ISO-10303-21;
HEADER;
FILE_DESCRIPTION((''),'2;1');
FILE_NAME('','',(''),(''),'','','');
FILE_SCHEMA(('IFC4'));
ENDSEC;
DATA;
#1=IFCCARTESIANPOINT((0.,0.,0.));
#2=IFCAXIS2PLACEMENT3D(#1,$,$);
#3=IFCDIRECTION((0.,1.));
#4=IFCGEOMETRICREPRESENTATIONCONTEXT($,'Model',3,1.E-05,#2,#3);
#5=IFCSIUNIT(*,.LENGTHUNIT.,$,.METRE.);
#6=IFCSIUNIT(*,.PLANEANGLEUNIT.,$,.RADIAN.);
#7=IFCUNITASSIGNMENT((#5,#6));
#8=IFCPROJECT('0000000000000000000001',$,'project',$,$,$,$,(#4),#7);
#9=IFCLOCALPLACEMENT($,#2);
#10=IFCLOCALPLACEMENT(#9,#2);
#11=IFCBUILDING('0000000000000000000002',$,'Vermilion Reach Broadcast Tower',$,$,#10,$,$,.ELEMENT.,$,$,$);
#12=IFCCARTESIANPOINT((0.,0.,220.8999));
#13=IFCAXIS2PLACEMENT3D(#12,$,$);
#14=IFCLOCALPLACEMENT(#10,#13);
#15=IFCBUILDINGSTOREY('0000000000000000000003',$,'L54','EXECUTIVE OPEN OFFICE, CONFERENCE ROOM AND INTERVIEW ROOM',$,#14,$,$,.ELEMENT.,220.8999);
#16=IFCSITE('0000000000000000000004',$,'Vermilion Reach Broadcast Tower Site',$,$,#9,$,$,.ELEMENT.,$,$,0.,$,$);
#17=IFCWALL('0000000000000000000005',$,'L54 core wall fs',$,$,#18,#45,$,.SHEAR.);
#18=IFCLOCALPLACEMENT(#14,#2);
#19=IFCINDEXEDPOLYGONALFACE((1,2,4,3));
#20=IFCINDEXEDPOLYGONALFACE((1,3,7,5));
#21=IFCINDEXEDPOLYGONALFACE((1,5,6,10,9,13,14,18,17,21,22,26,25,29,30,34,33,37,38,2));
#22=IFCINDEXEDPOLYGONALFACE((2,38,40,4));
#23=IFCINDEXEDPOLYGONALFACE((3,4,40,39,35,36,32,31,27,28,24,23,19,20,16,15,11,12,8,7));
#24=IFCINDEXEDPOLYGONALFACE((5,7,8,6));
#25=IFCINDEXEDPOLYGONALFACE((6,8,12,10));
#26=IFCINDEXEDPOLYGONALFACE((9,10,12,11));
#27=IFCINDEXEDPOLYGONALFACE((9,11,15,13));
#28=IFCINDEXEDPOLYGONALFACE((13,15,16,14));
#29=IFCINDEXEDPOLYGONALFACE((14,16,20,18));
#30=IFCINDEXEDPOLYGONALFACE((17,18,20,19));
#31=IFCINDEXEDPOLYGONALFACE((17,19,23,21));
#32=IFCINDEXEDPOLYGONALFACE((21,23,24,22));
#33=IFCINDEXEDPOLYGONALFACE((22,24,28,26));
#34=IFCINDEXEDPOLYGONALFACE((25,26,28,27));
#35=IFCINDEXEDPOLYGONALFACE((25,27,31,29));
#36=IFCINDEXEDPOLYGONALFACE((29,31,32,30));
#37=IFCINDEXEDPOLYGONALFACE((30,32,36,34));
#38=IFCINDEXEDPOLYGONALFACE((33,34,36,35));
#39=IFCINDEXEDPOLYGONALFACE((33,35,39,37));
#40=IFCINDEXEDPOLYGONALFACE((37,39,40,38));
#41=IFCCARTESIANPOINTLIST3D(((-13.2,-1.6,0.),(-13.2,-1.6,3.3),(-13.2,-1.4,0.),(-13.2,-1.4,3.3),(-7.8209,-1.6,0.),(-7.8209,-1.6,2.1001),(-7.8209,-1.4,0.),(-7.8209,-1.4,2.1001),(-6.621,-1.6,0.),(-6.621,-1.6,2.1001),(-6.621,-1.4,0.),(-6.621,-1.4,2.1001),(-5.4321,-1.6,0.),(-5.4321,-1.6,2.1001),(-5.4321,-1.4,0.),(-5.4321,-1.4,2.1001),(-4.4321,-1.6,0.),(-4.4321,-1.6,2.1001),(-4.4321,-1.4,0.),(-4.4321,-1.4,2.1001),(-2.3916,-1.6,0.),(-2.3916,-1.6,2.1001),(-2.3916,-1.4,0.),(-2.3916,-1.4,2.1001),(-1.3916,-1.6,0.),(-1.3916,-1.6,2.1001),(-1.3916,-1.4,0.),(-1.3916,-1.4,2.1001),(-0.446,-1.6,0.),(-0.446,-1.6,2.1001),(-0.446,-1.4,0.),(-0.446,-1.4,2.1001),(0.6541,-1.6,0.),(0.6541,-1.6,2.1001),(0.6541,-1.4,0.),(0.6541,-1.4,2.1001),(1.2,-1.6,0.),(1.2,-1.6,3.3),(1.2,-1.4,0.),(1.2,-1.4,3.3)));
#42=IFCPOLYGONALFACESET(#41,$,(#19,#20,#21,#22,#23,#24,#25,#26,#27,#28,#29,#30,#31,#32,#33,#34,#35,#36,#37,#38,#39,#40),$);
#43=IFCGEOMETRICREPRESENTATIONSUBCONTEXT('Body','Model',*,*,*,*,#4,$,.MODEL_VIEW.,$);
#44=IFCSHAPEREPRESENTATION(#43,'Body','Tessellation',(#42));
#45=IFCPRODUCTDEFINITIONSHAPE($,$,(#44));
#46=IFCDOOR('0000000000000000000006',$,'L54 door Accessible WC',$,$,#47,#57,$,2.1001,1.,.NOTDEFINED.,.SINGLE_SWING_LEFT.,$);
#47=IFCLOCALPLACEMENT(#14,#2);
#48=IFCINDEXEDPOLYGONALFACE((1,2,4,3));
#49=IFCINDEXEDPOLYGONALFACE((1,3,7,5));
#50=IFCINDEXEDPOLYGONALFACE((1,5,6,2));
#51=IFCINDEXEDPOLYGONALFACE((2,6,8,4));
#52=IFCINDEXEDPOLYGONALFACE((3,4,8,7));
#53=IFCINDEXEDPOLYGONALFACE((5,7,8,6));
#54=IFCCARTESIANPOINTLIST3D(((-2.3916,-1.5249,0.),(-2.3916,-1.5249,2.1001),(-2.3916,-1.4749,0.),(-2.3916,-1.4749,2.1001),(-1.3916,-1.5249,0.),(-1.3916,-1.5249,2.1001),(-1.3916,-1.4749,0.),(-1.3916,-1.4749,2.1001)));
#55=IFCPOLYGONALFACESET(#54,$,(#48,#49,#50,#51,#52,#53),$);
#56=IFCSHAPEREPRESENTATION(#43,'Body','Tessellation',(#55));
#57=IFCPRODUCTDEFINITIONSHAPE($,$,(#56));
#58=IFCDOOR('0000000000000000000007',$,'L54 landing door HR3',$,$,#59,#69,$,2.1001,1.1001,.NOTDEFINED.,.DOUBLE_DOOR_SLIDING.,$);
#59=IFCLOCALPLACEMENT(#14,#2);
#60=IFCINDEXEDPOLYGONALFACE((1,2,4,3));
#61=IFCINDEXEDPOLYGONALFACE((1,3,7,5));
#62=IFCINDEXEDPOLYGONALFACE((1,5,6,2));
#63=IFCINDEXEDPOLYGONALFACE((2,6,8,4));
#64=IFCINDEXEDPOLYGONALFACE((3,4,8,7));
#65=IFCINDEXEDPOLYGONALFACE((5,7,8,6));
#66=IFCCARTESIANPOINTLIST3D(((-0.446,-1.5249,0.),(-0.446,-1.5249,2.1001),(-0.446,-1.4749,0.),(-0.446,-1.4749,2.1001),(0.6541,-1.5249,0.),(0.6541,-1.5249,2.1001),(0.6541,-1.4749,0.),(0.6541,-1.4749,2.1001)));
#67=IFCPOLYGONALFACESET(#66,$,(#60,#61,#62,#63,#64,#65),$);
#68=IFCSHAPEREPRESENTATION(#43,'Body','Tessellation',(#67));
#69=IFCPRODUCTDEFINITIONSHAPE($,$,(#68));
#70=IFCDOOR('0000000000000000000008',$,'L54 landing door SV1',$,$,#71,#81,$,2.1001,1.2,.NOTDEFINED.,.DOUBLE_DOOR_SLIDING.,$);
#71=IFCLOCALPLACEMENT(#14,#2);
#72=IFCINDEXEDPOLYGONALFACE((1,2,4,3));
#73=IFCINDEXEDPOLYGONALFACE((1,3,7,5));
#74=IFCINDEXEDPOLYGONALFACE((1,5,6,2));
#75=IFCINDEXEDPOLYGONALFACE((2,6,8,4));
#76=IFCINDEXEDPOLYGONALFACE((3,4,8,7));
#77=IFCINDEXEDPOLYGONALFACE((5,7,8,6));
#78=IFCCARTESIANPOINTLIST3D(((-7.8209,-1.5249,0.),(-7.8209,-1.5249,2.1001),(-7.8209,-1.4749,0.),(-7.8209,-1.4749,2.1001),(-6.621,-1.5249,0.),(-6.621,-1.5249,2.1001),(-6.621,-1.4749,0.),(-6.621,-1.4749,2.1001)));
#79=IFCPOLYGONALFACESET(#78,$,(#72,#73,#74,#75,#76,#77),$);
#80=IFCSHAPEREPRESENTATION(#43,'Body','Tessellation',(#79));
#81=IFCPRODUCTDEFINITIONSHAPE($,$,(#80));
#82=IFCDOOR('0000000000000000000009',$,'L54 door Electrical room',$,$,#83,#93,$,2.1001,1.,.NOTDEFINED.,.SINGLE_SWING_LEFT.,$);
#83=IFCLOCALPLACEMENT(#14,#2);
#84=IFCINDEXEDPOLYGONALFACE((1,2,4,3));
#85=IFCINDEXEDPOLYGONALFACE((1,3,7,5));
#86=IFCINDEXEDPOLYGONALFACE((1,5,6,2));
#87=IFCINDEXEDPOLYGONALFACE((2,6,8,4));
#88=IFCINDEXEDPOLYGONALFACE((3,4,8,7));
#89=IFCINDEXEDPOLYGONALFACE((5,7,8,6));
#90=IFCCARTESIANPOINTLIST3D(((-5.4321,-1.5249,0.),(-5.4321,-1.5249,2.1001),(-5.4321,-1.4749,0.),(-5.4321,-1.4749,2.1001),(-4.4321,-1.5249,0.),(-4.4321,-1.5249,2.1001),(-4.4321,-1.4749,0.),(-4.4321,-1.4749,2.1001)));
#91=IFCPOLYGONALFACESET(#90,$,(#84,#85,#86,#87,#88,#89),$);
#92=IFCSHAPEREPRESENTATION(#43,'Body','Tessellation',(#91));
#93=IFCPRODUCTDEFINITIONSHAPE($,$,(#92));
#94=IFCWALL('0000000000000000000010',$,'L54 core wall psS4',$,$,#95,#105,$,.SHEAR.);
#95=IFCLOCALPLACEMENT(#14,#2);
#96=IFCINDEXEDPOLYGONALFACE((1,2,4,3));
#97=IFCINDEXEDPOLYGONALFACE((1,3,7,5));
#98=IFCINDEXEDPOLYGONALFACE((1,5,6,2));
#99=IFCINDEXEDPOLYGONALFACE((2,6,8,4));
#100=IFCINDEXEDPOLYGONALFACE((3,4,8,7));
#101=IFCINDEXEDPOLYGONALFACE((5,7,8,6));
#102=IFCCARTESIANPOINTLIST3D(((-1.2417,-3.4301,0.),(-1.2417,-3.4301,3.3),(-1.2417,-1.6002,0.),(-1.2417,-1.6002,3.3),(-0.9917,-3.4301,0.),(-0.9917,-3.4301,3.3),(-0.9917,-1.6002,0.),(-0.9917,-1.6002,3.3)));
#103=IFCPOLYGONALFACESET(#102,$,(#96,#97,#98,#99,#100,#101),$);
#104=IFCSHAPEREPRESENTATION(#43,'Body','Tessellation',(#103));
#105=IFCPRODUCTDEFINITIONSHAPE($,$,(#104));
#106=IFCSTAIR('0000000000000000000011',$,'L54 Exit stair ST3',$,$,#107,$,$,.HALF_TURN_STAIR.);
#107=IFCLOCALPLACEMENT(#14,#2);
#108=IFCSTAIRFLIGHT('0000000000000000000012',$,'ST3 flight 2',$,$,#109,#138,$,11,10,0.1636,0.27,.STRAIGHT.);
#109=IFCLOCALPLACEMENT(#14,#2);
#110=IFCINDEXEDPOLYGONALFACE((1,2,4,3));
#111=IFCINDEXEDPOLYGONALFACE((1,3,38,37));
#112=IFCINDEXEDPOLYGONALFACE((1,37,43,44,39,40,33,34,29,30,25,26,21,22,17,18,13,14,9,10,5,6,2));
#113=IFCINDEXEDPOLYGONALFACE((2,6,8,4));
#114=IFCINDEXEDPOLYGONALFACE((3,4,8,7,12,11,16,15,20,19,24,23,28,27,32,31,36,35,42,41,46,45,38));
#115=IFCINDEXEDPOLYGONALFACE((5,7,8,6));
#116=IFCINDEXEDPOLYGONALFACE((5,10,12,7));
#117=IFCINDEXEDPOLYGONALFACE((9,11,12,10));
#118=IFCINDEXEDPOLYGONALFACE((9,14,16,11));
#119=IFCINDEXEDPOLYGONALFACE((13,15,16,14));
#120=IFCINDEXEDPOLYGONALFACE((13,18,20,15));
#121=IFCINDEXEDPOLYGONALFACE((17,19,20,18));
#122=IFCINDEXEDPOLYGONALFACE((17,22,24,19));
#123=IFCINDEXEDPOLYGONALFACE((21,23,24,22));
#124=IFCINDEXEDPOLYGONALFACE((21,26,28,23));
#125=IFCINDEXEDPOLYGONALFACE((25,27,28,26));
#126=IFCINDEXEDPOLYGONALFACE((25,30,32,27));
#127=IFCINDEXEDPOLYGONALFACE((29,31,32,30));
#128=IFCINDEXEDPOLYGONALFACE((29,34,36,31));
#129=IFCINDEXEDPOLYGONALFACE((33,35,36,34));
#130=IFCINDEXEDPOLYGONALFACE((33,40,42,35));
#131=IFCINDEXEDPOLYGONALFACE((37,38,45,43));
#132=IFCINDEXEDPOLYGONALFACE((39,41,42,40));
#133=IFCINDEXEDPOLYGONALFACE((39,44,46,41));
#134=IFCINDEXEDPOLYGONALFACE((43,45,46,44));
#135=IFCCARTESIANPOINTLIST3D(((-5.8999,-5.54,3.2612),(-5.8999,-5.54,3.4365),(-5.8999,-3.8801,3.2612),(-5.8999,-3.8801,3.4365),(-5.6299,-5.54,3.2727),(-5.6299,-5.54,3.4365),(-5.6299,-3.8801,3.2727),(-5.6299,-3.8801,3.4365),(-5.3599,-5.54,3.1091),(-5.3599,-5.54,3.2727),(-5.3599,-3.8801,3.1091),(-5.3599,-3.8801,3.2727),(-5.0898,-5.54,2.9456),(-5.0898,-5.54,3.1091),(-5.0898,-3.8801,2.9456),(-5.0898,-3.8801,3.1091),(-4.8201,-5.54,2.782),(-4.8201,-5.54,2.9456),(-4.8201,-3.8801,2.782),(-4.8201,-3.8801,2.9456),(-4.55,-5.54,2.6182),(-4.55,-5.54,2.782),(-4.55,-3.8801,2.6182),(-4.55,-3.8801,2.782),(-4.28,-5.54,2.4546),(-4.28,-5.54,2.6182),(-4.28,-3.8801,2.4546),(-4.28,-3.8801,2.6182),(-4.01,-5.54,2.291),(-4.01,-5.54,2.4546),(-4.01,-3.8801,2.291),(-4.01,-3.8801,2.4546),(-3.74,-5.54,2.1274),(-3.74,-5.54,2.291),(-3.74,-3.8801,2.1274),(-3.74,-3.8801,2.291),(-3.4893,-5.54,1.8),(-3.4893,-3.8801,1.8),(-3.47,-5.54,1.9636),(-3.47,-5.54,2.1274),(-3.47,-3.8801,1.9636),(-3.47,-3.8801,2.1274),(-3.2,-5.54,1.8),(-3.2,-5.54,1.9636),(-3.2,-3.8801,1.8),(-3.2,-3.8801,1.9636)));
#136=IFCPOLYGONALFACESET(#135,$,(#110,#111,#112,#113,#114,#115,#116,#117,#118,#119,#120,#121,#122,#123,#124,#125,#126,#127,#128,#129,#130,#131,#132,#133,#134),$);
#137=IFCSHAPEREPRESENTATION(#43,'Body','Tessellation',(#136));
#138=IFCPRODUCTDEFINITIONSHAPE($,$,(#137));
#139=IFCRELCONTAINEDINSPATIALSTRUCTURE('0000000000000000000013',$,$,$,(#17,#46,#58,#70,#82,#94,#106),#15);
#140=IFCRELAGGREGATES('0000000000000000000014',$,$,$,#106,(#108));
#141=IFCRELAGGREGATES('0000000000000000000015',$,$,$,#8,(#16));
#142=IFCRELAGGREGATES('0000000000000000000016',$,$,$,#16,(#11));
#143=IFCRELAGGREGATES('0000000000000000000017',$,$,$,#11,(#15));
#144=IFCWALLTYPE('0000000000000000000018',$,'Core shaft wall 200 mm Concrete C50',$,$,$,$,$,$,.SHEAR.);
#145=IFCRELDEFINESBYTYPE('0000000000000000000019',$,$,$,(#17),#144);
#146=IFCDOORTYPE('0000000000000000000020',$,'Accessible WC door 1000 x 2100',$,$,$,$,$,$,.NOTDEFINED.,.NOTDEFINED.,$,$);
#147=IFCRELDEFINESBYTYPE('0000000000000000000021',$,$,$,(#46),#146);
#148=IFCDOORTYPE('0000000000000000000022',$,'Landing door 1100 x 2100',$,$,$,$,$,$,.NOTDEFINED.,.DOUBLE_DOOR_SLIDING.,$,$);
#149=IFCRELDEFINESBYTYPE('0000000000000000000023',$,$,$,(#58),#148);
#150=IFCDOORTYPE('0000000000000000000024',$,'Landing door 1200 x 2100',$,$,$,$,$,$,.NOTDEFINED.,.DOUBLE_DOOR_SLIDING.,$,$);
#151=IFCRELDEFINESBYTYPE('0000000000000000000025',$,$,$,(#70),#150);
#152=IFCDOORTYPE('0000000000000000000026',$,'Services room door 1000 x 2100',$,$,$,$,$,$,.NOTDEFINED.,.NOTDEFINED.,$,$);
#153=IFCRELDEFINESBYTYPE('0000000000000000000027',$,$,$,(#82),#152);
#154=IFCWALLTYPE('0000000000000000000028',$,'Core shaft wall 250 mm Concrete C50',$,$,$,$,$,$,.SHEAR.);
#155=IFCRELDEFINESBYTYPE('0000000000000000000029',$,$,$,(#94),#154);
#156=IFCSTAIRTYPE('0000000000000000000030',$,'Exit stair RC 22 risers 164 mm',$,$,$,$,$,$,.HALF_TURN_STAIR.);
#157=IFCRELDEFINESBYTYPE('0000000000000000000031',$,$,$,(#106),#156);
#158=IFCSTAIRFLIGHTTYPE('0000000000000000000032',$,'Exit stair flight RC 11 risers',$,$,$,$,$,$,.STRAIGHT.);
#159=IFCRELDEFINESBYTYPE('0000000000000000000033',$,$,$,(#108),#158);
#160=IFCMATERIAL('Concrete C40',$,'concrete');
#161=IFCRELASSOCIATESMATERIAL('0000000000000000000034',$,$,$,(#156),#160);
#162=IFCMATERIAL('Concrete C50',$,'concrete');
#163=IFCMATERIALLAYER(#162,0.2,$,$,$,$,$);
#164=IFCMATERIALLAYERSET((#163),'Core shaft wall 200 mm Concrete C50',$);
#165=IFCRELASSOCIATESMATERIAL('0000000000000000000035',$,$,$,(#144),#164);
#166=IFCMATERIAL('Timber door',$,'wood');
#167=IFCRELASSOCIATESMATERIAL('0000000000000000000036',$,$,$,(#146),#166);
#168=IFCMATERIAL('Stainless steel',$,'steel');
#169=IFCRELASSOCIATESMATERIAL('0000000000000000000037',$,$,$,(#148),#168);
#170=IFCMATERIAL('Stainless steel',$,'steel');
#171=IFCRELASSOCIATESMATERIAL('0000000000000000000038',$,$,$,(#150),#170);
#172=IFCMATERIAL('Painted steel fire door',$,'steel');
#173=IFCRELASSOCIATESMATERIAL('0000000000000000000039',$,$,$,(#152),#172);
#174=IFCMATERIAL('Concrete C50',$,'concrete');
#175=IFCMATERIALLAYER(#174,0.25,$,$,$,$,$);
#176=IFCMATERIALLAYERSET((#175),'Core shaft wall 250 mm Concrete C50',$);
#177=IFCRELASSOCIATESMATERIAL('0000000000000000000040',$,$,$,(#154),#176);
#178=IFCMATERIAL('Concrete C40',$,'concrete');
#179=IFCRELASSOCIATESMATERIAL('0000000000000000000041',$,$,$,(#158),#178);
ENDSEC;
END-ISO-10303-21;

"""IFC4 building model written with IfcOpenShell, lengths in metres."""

from ifc_helpers import new_model, si_unit, direction, frame, frame_2d, origin, place, context, subcontext, project, spatial, polyline, rectangle, outline, extrude, material, layer, layer_set, type_object, element, fill, aggregate, save


model = new_model("IFC4")

# Units and contexts
model_context = context("Model", 3, precision=1e-05, world=origin(), true_north=direction((0.0, 1.0)))
body_context = subcontext(model_context, "Body", "Model", "MODEL_VIEW")
ifc_project = project(units=[si_unit("LENGTHUNIT", "METRE"), si_unit("PLANEANGLEUNIT", "RADIAN")], contexts=[model_context])

# Site, building, storey
site_placement = place(None, origin())
site = spatial("IfcSite", under=ifc_project, at=site_placement, Name="Vermilion Reach Broadcast Tower Site", CompositionType="ELEMENT", RefElevation=0.0)
building_placement = place(site_placement, origin())
building = spatial("IfcBuilding", under=site, at=building_placement, Name="Vermilion Reach Broadcast Tower", CompositionType="ELEMENT")
storey_placement = place(building_placement, frame((0.0, 0.0, 220.8999)))
storey = spatial("IfcBuildingStorey", under=building, at=storey_placement, Name="L54", Description="EXECUTIVE OPEN OFFICE, CONFERENCE ROOM AND INTERVIEW ROOM", CompositionType="ELEMENT", Elevation=220.8999)

# Shared definitions
ifc_material_1 = material(Name="Concrete C40", Category="concrete")
stair_type = type_object("IfcStairType", Name="Exit stair RC 22 risers 164 mm", PredefinedType="HALF_TURN_STAIR", material=ifc_material_1)
placement_1 = place(storey_placement, origin())

# Wall, openings, doors
ifc_material_2 = material(Name="Concrete C50", Category="concrete")
ifc_layer_1 = layer(ifc_material_2, 0.2)
ifc_layer_set_1 = layer_set([ifc_layer_1], Name="Core shaft wall 200 mm Concrete C50")
wall_type_1 = type_object("IfcWallType", Name="Core shaft wall 200 mm Concrete C50", PredefinedType="SHEAR", material=ifc_layer_set_1)
wall_1_placement = place(storey_placement, frame((1.2, -1.5, 0.0), z_axis=(0.0, 0.0, 1.0), x_axis=(-1.0, 0.0, 0.0)))
wall_1 = element("IfcWall", 1, at=wall_1_placement, inside=storey, type_object=wall_type_1, Name="L54 core wall fs", PredefinedType="SHEAR", context=body_context, shape_type="SweptSolid", body=[
    extrude(rectangle(XDim=14.3999, YDim=0.2, at=frame_2d((7.2, 0.0))), origin(), (0.0, 0.0, 1.0), 3.3),
])
opening_1_placement = place(wall_1_placement, frame((7.8208, 0.0, 0.0)))
opening_1 = element("IfcOpeningElement", 2, at=opening_1_placement, cuts=wall_1, PredefinedType="OPENING", context=body_context, shape_type="SweptSolid", body=[
    extrude(rectangle(XDim=1.2, YDim=2.1001, at=frame_2d((0.6001, 1.05))), frame((0.0, 0.1099, 0.0), z_axis=(0.0, -1.0, 0.0), x_axis=(1.0, 0.0, 0.0)), (0.0, 0.0, 1.0), 0.22),
])
opening_2_placement = place(wall_1_placement, frame((0.5459, 0.0, 0.0)))
opening_2 = element("IfcOpeningElement", 3, at=opening_2_placement, cuts=wall_1, PredefinedType="OPENING", context=body_context, shape_type="SweptSolid", body=[
    extrude(rectangle(XDim=1.1001, YDim=2.1001, at=frame_2d((0.55, 1.05))), frame((0.0, 0.1099, 0.0), z_axis=(0.0, -1.0, 0.0), x_axis=(1.0, 0.0, 0.0)), (0.0, 0.0, 1.0), 0.22),
])
opening_3_placement = place(wall_1_placement, frame((5.6321, 0.0, 0.0)))
opening_3 = element("IfcOpeningElement", 4, at=opening_3_placement, cuts=wall_1, PredefinedType="OPENING", context=body_context, shape_type="SweptSolid", body=[
    extrude(rectangle(XDim=1.0, YDim=2.1001, at=frame_2d((0.5, 1.05))), frame((0.0, 0.1099, 0.0), z_axis=(0.0, -1.0, 0.0), x_axis=(1.0, 0.0, 0.0)), (0.0, 0.0, 1.0), 0.22),
])
opening_4_placement = place(wall_1_placement, frame((2.5916, 0.0, 0.0)))
opening_4 = element("IfcOpeningElement", 5, at=opening_4_placement, cuts=wall_1, PredefinedType="OPENING", context=body_context, shape_type="SweptSolid", body=[
    extrude(rectangle(XDim=1.0, YDim=2.1001, at=frame_2d((0.5, 1.05))), frame((0.0, 0.1099, 0.0), z_axis=(0.0, -1.0, 0.0), x_axis=(1.0, 0.0, 0.0)), (0.0, 0.0, 1.0), 0.22),
])
ifc_material_3 = material(Name="Timber door", Category="wood")
door_type_1 = type_object("IfcDoorType", Name="Accessible WC door 1000 x 2100", OperationType="NOTDEFINED", PredefinedType="NOTDEFINED", material=ifc_material_3)
door_1_placement = place(opening_4_placement, origin())
door_1 = element("IfcDoor", 6, at=door_1_placement, inside=storey, type_object=door_type_1, Name="L54 door Accessible WC", OperationType="SINGLE_SWING_LEFT", OverallHeight=2.1001, OverallWidth=1.0, PredefinedType="NOTDEFINED", context=body_context, shape_type="SweptSolid", body=[
    extrude(rectangle(XDim=1.0, YDim=2.1001, at=frame_2d((0.5, 1.05))), frame((0.0, 0.0249, 0.0), z_axis=(0.0, -1.0, 0.0), x_axis=(1.0, 0.0, 0.0)), (0.0, 0.0, 1.0), 0.05),
])
fill(opening_4, door_1)
ifc_material_4 = material(Name="Stainless steel", Category="steel")
door_type_2 = type_object("IfcDoorType", Name="Landing door 1100 x 2100", OperationType="DOUBLE_DOOR_SLIDING", PredefinedType="NOTDEFINED", material=ifc_material_4)
door_2_placement = place(opening_2_placement, origin())
door_2 = element("IfcDoor", 7, at=door_2_placement, inside=storey, type_object=door_type_2, Name="L54 landing door HR3", OperationType="DOUBLE_DOOR_SLIDING", OverallHeight=2.1001, OverallWidth=1.1001, PredefinedType="NOTDEFINED", context=body_context, shape_type="SweptSolid", body=[
    extrude(rectangle(XDim=1.1001, YDim=2.1001, at=frame_2d((0.55, 1.05))), frame((0.0, 0.0249, 0.0), z_axis=(0.0, -1.0, 0.0), x_axis=(1.0, 0.0, 0.0)), (0.0, 0.0, 1.0), 0.05),
])
fill(opening_2, door_2)
ifc_material_5 = material(Name="Stainless steel", Category="steel")
door_type_3 = type_object("IfcDoorType", Name="Landing door 1200 x 2100", OperationType="DOUBLE_DOOR_SLIDING", PredefinedType="NOTDEFINED", material=ifc_material_5)
door_3_placement = place(opening_1_placement, origin())
door_3 = element("IfcDoor", 8, at=door_3_placement, inside=storey, type_object=door_type_3, Name="L54 landing door SV1", OperationType="DOUBLE_DOOR_SLIDING", OverallHeight=2.1001, OverallWidth=1.2, PredefinedType="NOTDEFINED", context=body_context, shape_type="SweptSolid", body=[
    extrude(rectangle(XDim=1.2, YDim=2.1001, at=frame_2d((0.6001, 1.05))), frame((0.0, 0.0249, 0.0), z_axis=(0.0, -1.0, 0.0), x_axis=(1.0, 0.0, 0.0)), (0.0, 0.0, 1.0), 0.05),
])
fill(opening_1, door_3)
ifc_material_6 = material(Name="Painted steel fire door", Category="steel")
door_type_4 = type_object("IfcDoorType", Name="Services room door 1000 x 2100", OperationType="NOTDEFINED", PredefinedType="NOTDEFINED", material=ifc_material_6)
door_4_placement = place(opening_3_placement, origin())
door_4 = element("IfcDoor", 9, at=door_4_placement, inside=storey, type_object=door_type_4, Name="L54 door Electrical room", OperationType="SINGLE_SWING_LEFT", OverallHeight=2.1001, OverallWidth=1.0, PredefinedType="NOTDEFINED", context=body_context, shape_type="SweptSolid", body=[
    extrude(rectangle(XDim=1.0, YDim=2.1001, at=frame_2d((0.5, 1.05))), frame((0.0, 0.0249, 0.0), z_axis=(0.0, -1.0, 0.0), x_axis=(1.0, 0.0, 0.0)), (0.0, 0.0, 1.0), 0.05),
])
fill(opening_3, door_4)

# Wall
ifc_material_7 = material(Name="Concrete C50", Category="concrete")
ifc_layer_2 = layer(ifc_material_7, 0.25)
ifc_layer_set_2 = layer_set([ifc_layer_2], Name="Core shaft wall 250 mm Concrete C50")
wall_type_2 = type_object("IfcWallType", Name="Core shaft wall 250 mm Concrete C50", PredefinedType="SHEAR", material=ifc_layer_set_2)
wall_2_placement = place(storey_placement, frame((-1.1167, -1.6001, 0.0), z_axis=(0.0, 0.0, 1.0), x_axis=(0.0, -1.0, 0.0)))
element("IfcWall", 10, at=wall_2_placement, inside=storey, type_object=wall_type_2, Name="L54 core wall psS4", PredefinedType="SHEAR", context=body_context, shape_type="SweptSolid", body=[
    extrude(rectangle(XDim=1.8298, YDim=0.25, at=frame_2d((0.915, 0.0))), origin(), (0.0, 0.0, 1.0), 3.3),
])

# Stair, stair flight
stair_1 = element("IfcStair", 11, at=placement_1, inside=storey, type_object=stair_type, Name="L54 Exit stair ST3", PredefinedType="HALF_TURN_STAIR")
ifc_material_8 = material(Name="Concrete C40", Category="concrete")
stair_flight_type = type_object("IfcStairFlightType", Name="Exit stair flight RC 11 risers", PredefinedType="STRAIGHT", material=ifc_material_8)
stair_flight_placement = place(storey_placement, frame((-3.2, -4.71, 1.8), z_axis=(0.0, 0.0, 1.0), x_axis=(-1.0, 0.0, 0.0)))
stair_flight = element("IfcStairFlight", 12, at=stair_flight_placement, type_object=stair_flight_type, Name="ST3 flight 2", NumberOfRisers=11, NumberOfTreads=10, PredefinedType="STRAIGHT", RiserHeight=0.1636, TreadLength=0.27, context=body_context, shape_type="SweptSolid", body=[
    extrude(outline(polyline([(0.0, 0.0), (0.0, 0.1636), (0.27, 0.1636), (0.27, 0.3274), (0.54, 0.3274), (0.54, 0.491), (0.8101, 0.491), (0.8101, 0.6545), (1.0801, 0.6545), (1.0801, 0.8181), (1.3501, 0.8181), (1.3501, 0.9819), (1.6201, 0.9819), (1.6201, 1.1455), (1.8899, 1.1455), (1.8899, 1.3091), (2.1599, 1.3091), (2.1599, 1.4727), (2.4299, 1.4727), (2.4299, 1.6365), (2.7, 1.6365), (2.7, 1.8), (2.7, 1.4612), (0.2893, 0.0), (0.0, 0.0)])), frame((0.0, 0.8301, 0.0), z_axis=(0.0, -1.0, 0.0), x_axis=(1.0, 0.0, 0.0)), (0.0, 0.0, 1.0), 1.6599),
])
aggregate(stair_1, [stair_flight])

save(model, "model.ifc")
